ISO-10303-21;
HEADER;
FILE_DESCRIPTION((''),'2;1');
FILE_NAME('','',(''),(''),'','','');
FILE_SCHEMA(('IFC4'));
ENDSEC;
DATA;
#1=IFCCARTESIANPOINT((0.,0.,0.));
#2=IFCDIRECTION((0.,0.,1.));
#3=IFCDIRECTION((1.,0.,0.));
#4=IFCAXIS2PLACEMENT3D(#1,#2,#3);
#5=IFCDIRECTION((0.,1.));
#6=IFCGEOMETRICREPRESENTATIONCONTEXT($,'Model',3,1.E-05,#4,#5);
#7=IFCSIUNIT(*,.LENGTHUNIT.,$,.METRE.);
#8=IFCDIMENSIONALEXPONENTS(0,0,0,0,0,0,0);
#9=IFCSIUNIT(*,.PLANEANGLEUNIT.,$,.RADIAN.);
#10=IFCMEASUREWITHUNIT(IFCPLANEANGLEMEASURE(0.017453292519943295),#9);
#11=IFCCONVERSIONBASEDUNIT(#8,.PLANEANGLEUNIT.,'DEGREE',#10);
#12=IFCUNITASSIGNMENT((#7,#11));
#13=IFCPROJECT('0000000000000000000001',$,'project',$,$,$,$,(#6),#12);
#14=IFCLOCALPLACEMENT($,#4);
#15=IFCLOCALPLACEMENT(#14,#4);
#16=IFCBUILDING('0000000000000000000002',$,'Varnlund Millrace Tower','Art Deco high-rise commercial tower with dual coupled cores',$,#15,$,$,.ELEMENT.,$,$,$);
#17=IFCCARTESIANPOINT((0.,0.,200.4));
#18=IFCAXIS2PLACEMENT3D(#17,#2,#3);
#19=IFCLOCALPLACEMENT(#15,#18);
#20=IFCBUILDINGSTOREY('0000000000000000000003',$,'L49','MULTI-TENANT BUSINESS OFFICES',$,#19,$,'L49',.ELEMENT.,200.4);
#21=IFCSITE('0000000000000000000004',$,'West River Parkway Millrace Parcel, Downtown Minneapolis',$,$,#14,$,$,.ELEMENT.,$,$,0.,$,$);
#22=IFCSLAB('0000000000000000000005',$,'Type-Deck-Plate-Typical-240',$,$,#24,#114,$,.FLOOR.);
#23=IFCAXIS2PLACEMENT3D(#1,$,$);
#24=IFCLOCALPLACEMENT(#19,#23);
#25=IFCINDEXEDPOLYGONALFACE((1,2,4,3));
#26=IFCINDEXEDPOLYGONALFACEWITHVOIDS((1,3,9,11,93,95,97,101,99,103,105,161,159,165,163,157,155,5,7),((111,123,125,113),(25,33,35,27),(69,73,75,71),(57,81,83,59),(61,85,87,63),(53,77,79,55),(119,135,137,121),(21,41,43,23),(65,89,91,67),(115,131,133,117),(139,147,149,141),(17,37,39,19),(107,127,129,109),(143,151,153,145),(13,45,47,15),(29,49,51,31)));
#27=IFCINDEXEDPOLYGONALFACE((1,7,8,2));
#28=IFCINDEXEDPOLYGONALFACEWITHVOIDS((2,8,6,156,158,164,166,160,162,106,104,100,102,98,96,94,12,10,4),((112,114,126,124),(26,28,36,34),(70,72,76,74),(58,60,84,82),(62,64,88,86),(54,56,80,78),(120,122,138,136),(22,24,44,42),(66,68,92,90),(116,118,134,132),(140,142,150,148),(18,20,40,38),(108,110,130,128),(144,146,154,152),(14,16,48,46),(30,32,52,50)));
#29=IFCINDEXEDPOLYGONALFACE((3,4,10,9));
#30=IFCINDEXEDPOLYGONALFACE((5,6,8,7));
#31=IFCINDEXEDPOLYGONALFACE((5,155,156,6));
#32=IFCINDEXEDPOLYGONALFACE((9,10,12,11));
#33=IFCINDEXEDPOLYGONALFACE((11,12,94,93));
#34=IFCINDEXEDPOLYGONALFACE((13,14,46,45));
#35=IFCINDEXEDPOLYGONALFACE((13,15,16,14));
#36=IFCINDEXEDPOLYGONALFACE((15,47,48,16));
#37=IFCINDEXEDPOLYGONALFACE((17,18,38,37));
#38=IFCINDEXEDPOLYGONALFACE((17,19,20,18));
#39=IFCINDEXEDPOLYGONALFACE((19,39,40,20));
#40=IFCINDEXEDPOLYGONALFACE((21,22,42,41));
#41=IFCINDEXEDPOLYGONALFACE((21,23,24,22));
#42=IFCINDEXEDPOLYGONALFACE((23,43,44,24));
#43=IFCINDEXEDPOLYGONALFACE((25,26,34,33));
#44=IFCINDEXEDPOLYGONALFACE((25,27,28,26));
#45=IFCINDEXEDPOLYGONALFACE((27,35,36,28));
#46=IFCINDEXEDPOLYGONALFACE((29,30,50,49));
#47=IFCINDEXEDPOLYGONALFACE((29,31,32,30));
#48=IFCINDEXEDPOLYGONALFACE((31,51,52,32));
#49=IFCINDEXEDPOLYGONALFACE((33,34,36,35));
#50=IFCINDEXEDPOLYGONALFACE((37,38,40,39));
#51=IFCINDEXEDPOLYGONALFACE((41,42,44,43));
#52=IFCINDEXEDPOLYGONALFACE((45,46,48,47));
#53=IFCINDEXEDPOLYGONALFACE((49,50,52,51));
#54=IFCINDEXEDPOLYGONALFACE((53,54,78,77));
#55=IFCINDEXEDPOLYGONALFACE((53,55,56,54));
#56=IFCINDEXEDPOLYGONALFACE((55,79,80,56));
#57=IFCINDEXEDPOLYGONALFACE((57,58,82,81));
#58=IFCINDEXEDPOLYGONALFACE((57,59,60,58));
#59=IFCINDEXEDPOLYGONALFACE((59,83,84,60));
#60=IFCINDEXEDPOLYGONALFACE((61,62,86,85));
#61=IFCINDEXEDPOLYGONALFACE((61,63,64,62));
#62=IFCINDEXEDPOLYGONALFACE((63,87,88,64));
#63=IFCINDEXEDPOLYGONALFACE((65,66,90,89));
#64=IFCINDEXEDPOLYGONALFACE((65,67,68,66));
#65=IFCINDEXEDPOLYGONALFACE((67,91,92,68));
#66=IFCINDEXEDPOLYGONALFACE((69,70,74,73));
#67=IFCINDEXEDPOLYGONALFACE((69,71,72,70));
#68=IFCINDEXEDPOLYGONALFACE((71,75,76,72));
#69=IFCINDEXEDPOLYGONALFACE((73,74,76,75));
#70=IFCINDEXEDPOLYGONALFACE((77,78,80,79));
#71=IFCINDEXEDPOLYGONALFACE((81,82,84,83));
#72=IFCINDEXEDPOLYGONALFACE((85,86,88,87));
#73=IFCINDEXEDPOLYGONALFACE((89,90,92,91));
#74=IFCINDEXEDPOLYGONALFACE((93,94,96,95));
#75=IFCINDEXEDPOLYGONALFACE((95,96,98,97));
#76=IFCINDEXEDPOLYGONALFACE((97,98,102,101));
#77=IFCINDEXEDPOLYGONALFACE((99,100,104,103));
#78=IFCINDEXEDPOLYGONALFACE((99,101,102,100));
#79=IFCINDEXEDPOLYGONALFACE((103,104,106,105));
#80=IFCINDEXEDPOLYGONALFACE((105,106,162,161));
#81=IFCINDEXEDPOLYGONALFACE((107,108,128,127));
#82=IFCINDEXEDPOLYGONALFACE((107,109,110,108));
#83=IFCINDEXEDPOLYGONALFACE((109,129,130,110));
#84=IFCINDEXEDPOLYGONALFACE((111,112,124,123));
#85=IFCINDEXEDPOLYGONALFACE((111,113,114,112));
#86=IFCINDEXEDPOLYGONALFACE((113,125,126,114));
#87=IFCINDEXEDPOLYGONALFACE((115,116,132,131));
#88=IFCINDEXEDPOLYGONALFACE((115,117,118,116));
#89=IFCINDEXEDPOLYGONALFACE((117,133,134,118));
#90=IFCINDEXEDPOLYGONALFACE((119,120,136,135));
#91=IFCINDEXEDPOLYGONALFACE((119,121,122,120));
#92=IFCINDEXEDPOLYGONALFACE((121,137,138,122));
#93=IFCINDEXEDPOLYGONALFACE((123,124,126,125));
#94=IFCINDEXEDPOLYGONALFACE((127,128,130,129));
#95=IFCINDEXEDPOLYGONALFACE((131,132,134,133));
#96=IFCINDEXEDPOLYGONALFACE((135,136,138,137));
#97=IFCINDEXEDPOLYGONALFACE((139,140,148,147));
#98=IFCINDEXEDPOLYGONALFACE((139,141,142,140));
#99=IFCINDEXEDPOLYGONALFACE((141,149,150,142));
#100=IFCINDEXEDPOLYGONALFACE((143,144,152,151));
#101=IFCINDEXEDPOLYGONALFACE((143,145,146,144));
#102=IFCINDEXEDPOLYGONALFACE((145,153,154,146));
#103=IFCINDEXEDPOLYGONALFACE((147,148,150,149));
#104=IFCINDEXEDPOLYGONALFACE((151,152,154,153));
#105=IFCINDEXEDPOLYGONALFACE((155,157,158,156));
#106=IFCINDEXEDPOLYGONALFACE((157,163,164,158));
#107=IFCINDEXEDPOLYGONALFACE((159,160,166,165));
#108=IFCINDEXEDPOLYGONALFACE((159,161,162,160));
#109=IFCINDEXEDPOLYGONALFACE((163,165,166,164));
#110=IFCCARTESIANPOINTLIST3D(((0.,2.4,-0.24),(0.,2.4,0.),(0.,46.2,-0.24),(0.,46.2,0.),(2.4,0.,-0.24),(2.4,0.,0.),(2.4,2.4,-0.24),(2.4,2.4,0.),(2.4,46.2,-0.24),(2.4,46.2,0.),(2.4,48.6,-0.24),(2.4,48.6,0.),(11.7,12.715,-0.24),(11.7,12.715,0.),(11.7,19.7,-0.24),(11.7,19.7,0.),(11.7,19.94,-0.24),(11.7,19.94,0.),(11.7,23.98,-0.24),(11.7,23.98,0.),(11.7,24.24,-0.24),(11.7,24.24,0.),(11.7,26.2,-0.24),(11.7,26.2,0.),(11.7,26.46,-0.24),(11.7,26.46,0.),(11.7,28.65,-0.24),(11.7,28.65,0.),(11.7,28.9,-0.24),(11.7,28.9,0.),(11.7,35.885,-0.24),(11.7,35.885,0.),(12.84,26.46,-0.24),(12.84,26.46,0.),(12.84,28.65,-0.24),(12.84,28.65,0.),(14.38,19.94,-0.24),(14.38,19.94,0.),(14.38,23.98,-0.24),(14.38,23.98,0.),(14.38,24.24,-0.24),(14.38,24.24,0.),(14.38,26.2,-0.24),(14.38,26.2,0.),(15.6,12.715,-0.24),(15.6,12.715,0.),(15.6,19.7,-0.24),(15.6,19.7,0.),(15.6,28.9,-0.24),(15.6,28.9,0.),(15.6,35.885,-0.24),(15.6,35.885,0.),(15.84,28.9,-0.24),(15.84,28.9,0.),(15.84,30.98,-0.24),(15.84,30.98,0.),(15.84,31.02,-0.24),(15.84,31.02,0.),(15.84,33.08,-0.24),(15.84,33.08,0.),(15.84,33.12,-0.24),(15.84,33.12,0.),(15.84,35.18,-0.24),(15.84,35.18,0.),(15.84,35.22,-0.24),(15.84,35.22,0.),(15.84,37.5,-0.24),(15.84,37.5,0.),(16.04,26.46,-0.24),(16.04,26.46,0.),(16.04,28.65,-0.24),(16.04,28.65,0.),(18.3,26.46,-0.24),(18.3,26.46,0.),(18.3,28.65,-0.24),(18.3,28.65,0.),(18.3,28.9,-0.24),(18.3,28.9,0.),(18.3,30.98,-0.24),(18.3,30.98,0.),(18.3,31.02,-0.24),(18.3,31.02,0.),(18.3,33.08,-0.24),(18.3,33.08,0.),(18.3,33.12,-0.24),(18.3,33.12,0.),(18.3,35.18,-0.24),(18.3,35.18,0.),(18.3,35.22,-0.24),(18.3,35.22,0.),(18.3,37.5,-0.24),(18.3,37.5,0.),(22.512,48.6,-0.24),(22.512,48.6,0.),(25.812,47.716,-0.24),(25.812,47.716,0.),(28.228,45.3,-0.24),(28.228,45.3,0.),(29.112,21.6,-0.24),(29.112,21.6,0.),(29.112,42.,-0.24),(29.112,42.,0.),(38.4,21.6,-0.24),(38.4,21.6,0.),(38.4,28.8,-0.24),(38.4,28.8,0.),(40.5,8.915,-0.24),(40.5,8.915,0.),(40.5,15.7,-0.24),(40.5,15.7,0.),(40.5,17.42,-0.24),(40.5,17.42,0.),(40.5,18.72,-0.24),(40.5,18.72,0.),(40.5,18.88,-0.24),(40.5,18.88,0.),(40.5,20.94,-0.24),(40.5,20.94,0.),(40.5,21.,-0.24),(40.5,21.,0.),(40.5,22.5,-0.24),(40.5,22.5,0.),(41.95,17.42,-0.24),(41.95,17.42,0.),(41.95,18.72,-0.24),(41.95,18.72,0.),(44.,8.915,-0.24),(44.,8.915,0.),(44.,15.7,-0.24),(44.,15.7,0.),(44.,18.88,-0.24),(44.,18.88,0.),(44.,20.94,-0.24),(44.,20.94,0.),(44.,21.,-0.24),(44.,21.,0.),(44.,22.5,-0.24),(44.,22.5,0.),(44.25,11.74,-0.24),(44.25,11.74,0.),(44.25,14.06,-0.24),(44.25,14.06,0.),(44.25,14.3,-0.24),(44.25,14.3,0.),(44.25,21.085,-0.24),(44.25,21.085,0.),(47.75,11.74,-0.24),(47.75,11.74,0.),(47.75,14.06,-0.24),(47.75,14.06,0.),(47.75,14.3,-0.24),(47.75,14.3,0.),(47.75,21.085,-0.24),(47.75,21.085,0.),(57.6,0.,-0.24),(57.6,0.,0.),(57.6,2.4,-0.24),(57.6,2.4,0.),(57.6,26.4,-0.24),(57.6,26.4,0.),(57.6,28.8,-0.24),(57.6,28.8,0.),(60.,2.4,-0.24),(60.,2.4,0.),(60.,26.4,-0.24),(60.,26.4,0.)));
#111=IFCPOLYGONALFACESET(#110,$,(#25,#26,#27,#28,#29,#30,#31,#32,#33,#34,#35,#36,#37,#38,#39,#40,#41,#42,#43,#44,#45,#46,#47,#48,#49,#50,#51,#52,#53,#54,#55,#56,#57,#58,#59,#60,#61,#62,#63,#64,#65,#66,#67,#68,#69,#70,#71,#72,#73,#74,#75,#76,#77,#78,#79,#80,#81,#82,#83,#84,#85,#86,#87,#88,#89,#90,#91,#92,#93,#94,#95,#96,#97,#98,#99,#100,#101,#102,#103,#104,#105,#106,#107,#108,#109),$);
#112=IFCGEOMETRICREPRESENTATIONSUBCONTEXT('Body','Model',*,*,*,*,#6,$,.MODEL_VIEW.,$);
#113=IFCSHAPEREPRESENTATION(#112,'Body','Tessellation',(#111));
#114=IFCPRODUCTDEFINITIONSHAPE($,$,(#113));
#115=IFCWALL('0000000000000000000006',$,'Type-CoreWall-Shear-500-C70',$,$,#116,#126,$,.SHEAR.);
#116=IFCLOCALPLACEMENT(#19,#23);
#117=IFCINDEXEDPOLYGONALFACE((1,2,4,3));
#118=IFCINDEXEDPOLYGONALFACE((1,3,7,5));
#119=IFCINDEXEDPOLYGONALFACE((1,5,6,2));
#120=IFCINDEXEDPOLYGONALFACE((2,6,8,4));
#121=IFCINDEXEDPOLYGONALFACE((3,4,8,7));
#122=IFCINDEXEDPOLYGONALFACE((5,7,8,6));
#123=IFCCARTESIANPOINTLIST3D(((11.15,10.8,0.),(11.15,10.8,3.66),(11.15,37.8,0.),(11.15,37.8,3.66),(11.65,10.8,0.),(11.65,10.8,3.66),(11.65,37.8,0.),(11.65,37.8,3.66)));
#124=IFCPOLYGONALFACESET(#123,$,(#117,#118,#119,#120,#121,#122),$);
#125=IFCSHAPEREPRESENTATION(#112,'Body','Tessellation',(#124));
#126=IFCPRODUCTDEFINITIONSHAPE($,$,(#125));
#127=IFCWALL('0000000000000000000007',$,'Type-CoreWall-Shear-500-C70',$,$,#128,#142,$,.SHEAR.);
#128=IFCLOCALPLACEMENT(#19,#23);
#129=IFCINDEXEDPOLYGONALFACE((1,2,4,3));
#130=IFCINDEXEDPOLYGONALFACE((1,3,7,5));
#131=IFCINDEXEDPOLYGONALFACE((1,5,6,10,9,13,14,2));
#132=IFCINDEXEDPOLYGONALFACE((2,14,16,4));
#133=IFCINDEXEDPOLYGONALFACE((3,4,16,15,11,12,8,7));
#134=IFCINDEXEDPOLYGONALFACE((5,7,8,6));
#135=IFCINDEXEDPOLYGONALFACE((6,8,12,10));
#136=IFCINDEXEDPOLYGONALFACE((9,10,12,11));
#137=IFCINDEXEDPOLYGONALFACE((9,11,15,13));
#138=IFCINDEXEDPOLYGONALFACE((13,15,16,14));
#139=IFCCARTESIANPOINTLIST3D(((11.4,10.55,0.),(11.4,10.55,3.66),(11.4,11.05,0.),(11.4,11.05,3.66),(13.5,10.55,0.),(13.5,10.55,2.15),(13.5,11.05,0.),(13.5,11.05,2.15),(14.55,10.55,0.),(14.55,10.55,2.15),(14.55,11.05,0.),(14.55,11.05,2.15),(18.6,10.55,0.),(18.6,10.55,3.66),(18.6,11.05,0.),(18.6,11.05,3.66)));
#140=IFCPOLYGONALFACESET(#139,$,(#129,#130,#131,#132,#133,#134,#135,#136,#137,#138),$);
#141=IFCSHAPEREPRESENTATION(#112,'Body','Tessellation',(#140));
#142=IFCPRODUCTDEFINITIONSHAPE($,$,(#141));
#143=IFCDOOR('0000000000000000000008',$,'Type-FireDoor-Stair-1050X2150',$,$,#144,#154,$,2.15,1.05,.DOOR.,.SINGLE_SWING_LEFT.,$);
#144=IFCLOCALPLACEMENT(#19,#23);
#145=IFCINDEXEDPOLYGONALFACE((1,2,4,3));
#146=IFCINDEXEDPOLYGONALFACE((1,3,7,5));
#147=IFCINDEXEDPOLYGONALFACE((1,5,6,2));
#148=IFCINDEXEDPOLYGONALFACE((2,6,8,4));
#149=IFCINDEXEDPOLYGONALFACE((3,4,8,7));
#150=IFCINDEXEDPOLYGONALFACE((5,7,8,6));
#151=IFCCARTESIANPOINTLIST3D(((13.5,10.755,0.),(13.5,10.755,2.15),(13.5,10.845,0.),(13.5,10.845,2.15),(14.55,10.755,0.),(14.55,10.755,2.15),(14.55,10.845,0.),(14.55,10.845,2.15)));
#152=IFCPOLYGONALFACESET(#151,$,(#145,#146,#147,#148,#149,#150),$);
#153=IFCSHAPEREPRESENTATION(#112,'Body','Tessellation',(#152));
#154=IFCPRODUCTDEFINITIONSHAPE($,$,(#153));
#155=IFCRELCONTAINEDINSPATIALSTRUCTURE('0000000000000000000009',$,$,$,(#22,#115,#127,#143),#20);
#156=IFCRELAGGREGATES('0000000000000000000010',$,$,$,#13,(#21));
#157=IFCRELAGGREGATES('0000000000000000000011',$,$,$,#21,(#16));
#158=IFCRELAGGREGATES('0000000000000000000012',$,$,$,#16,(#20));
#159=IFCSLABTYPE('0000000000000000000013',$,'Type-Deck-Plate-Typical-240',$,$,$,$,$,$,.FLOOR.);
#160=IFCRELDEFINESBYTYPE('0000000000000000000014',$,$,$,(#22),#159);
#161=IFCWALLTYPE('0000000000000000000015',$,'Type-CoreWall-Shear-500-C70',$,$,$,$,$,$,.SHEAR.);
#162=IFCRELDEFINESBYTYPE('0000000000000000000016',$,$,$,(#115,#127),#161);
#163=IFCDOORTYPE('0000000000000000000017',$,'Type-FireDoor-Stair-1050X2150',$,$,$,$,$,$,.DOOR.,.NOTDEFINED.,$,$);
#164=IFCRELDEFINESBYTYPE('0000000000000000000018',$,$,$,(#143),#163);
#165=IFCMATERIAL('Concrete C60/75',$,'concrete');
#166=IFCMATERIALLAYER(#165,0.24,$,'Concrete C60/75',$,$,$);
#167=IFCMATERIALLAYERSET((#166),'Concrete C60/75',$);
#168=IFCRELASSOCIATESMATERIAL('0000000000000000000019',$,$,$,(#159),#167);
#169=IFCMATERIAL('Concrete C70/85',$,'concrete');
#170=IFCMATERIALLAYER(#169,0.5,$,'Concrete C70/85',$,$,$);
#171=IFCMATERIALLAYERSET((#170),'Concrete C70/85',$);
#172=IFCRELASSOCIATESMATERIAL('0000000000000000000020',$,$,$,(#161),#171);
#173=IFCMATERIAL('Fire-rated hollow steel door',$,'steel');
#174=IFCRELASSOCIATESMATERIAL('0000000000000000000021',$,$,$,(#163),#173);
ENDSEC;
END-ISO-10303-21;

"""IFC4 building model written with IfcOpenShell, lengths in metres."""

from ifc_helpers import new_model, entity, si_unit, converted_unit, direction, frame, origin_with_axes, origin_2d_with_axis, place, context, subcontext, project, spatial, polyline, rectangle, outline, extrude, material, layer, layer_set, type_object, element, fill, save


model = new_model("IFC4")

# Units and contexts
model_context = context("Model", 3, precision=1e-05, world=origin_with_axes(), true_north=direction((0.0, 1.0)))
body_context = subcontext(model_context, "Body", "Model", "MODEL_VIEW")
ifc_project = project(units=[si_unit("LENGTHUNIT", "METRE"), converted_unit("PLANEANGLEUNIT", "DEGREE", entity("IfcPlaneAngleMeasure", 0.017453292519943295), si_unit("PLANEANGLEUNIT", "RADIAN"), dimensions=[0, 0, 0, 0, 0, 0, 0])], contexts=[model_context])

# Site, building, storey
site_placement = place(None, origin_with_axes())
site = spatial("IfcSite", under=ifc_project, at=site_placement, Name="West River Parkway Millrace Parcel, Downtown Minneapolis", CompositionType="ELEMENT", RefElevation=0.0)
building_placement = place(site_placement, origin_with_axes())
building = spatial("IfcBuilding", under=site, at=building_placement, Name="Varnlund Millrace Tower", Description="Art Deco high-rise commercial tower with dual coupled cores", CompositionType="ELEMENT")
storey_placement = place(building_placement, frame((0.0, 0.0, 200.4), z_axis=(0.0, 0.0, 1.0), x_axis=(1.0, 0.0, 0.0)))
storey = spatial("IfcBuildingStorey", under=building, at=storey_placement, Name="L49", Description="MULTI-TENANT BUSINESS OFFICES", LongName="L49", CompositionType="ELEMENT", Elevation=200.4)

# Slab
ifc_material_1 = material(Name="Concrete C60/75", Category="concrete")
ifc_layer_1 = layer(ifc_material_1, 0.24, Name="Concrete C60/75")
ifc_layer_set_1 = layer_set([ifc_layer_1], Name="Concrete C60/75")
slab_type = type_object("IfcSlabType", Name="Type-Deck-Plate-Typical-240", PredefinedType="FLOOR", material=ifc_layer_set_1)
slab_placement = place(storey_placement, frame((0.0, 0.0, -0.24), z_axis=(0.0, 0.0, 1.0), x_axis=(1.0, 0.0, 0.0)))
element("IfcSlab", 1, at=slab_placement, inside=storey, type_object=slab_type, Name="Type-Deck-Plate-Typical-240", PredefinedType="FLOOR", context=body_context, shape_type="SweptSolid", body=[
    extrude(outline(polyline([(29.112, 21.6), (29.112, 42.0), (28.228, 45.3), (25.812, 47.716), (22.512, 48.6), (2.4, 48.6), (2.4, 46.2), (0.0, 46.2), (0.0, 2.4), (2.4, 2.4), (2.4, 0.0), (57.6, 0.0), (57.6, 2.4), (60.0, 2.4), (60.0, 26.4), (57.6, 26.4), (57.6, 28.8), (38.4, 28.8), (38.4, 21.6), (29.112, 21.6)]), holes=[polyline([(15.6, 12.715), (11.7, 12.715), (11.7, 19.7), (15.6, 19.7), (15.6, 12.715)]), polyline([(14.38, 23.98), (14.38, 19.94), (11.7, 19.94), (11.7, 23.98), (14.38, 23.98)]), polyline([(14.38, 24.24), (11.7, 24.24), (11.7, 26.2), (14.38, 26.2), (14.38, 24.24)]), polyline([(12.84, 26.46), (11.7, 26.46), (11.7, 28.65), (12.84, 28.65), (12.84, 26.46)]), polyline([(18.3, 28.9), (15.84, 28.9), (15.84, 30.98), (18.3, 30.98), (18.3, 28.9)]), polyline([(18.3, 31.02), (15.84, 31.02), (15.84, 33.08), (18.3, 33.08), (18.3, 31.02)]), polyline([(15.6, 28.9), (11.7, 28.9), (11.7, 35.885), (15.6, 35.885), (15.6, 28.9)]), polyline([(18.3, 33.12), (15.84, 33.12), (15.84, 35.18), (18.3, 35.18), (18.3, 33.12)]), polyline([(44.0, 8.915), (40.5, 8.915), (40.5, 15.7), (44.0, 15.7), (44.0, 8.915)]), polyline([(47.75, 11.74), (44.25, 11.74), (44.25, 14.06), (47.75, 14.06), (47.75, 11.74)]), polyline([(47.75, 14.3), (44.25, 14.3), (44.25, 21.085), (47.75, 21.085), (47.75, 14.3)]), polyline([(41.95, 17.42), (40.5, 17.42), (40.5, 18.72), (41.95, 18.72), (41.95, 17.42)]), polyline([(44.0, 18.88), (40.5, 18.88), (40.5, 20.94), (44.0, 20.94), (44.0, 18.88)]), polyline([(44.0, 21.0), (40.5, 21.0), (40.5, 22.5), (44.0, 22.5), (44.0, 21.0)]), polyline([(16.04, 26.46), (16.04, 28.65), (18.3, 28.65), (18.3, 26.46), (16.04, 26.46)]), polyline([(15.84, 35.22), (15.84, 37.5), (18.3, 37.5), (18.3, 35.22), (15.84, 35.22)])]), origin_with_axes(), (0.0, 0.0, 1.0), 0.24),
])

# Wall
ifc_material_2 = material(Name="Concrete C70/85", Category="concrete")
ifc_layer_2 = layer(ifc_material_2, 0.5, Name="Concrete C70/85")
ifc_layer_set_2 = layer_set([ifc_layer_2], Name="Concrete C70/85")
wall_type_1 = type_object("IfcWallType", Name="Type-CoreWall-Shear-500-C70", PredefinedType="SHEAR", material=ifc_layer_set_2)
wall_1_placement = place(storey_placement, frame((11.4, 10.8, 0.0), z_axis=(0.0, 0.0, 1.0), x_axis=(0.0, 1.0, 0.0)))
element("IfcWall", 2, at=wall_1_placement, inside=storey, type_object=wall_type_1, Name="Type-CoreWall-Shear-500-C70", PredefinedType="SHEAR", context=body_context, shape_type="SweptSolid", body=[
    extrude(outline(polyline([(0.0, -0.25), (27.0, -0.25), (27.0, 0.25), (0.0, 0.25), (0.0, -0.25)])), origin_with_axes(), (0.0, 0.0, 1.0), 3.66),
])

# Wall, opening, door
wall_2_placement = place(storey_placement, frame((11.4, 10.8, 0.0), z_axis=(0.0, 0.0, 1.0), x_axis=(1.0, 0.0, 0.0)))
wall_2 = element("IfcWall", 3, at=wall_2_placement, inside=storey, type_object=wall_type_1, Name="Type-CoreWall-Shear-500-C70", PredefinedType="SHEAR", context=body_context, shape_type="SweptSolid", body=[
    extrude(outline(polyline([(0.0, -0.25), (7.2, -0.25), (7.2, 0.25), (0.0, 0.25), (0.0, -0.25)])), origin_with_axes(), (0.0, 0.0, 1.0), 3.66),
])
opening_1_placement = place(wall_2_placement, frame((2.625, 0.0, 0.0), z_axis=(0.0, 0.0, 1.0), x_axis=(1.0, 0.0, 0.0)))
opening_1 = element("IfcOpeningElement", 4, at=opening_1_placement, cuts=wall_2, PredefinedType="OPENING", context=body_context, shape_type="SweptSolid", body=[
    extrude(rectangle(XDim=1.05, YDim=0.52, at=origin_2d_with_axis()), origin_with_axes(), (0.0, 0.0, 1.0), 2.15),
])
ifc_material_3 = material(Name="Fire-rated hollow steel door", Category="steel")
door_type_1 = type_object("IfcDoorType", Name="Type-FireDoor-Stair-1050X2150", OperationType="NOTDEFINED", PredefinedType="DOOR", material=ifc_material_3)
door_1_placement = place(wall_2_placement, frame((2.625, 0.0, 0.0), z_axis=(0.0, 0.0, 1.0), x_axis=(1.0, 0.0, 0.0)))
door_1 = element("IfcDoor", 5, at=door_1_placement, inside=storey, type_object=door_type_1, Name="Type-FireDoor-Stair-1050X2150", OperationType="SINGLE_SWING_LEFT", OverallHeight=2.15, OverallWidth=1.05, PredefinedType="DOOR", context=body_context, shape_type="SweptSolid", body=[
    extrude(rectangle(XDim=1.05, YDim=0.09, at=origin_2d_with_axis()), origin_with_axes(), (0.0, 0.0, 1.0), 2.15),
])
fill(opening_1, door_1)

save(model, "model.ifc")
